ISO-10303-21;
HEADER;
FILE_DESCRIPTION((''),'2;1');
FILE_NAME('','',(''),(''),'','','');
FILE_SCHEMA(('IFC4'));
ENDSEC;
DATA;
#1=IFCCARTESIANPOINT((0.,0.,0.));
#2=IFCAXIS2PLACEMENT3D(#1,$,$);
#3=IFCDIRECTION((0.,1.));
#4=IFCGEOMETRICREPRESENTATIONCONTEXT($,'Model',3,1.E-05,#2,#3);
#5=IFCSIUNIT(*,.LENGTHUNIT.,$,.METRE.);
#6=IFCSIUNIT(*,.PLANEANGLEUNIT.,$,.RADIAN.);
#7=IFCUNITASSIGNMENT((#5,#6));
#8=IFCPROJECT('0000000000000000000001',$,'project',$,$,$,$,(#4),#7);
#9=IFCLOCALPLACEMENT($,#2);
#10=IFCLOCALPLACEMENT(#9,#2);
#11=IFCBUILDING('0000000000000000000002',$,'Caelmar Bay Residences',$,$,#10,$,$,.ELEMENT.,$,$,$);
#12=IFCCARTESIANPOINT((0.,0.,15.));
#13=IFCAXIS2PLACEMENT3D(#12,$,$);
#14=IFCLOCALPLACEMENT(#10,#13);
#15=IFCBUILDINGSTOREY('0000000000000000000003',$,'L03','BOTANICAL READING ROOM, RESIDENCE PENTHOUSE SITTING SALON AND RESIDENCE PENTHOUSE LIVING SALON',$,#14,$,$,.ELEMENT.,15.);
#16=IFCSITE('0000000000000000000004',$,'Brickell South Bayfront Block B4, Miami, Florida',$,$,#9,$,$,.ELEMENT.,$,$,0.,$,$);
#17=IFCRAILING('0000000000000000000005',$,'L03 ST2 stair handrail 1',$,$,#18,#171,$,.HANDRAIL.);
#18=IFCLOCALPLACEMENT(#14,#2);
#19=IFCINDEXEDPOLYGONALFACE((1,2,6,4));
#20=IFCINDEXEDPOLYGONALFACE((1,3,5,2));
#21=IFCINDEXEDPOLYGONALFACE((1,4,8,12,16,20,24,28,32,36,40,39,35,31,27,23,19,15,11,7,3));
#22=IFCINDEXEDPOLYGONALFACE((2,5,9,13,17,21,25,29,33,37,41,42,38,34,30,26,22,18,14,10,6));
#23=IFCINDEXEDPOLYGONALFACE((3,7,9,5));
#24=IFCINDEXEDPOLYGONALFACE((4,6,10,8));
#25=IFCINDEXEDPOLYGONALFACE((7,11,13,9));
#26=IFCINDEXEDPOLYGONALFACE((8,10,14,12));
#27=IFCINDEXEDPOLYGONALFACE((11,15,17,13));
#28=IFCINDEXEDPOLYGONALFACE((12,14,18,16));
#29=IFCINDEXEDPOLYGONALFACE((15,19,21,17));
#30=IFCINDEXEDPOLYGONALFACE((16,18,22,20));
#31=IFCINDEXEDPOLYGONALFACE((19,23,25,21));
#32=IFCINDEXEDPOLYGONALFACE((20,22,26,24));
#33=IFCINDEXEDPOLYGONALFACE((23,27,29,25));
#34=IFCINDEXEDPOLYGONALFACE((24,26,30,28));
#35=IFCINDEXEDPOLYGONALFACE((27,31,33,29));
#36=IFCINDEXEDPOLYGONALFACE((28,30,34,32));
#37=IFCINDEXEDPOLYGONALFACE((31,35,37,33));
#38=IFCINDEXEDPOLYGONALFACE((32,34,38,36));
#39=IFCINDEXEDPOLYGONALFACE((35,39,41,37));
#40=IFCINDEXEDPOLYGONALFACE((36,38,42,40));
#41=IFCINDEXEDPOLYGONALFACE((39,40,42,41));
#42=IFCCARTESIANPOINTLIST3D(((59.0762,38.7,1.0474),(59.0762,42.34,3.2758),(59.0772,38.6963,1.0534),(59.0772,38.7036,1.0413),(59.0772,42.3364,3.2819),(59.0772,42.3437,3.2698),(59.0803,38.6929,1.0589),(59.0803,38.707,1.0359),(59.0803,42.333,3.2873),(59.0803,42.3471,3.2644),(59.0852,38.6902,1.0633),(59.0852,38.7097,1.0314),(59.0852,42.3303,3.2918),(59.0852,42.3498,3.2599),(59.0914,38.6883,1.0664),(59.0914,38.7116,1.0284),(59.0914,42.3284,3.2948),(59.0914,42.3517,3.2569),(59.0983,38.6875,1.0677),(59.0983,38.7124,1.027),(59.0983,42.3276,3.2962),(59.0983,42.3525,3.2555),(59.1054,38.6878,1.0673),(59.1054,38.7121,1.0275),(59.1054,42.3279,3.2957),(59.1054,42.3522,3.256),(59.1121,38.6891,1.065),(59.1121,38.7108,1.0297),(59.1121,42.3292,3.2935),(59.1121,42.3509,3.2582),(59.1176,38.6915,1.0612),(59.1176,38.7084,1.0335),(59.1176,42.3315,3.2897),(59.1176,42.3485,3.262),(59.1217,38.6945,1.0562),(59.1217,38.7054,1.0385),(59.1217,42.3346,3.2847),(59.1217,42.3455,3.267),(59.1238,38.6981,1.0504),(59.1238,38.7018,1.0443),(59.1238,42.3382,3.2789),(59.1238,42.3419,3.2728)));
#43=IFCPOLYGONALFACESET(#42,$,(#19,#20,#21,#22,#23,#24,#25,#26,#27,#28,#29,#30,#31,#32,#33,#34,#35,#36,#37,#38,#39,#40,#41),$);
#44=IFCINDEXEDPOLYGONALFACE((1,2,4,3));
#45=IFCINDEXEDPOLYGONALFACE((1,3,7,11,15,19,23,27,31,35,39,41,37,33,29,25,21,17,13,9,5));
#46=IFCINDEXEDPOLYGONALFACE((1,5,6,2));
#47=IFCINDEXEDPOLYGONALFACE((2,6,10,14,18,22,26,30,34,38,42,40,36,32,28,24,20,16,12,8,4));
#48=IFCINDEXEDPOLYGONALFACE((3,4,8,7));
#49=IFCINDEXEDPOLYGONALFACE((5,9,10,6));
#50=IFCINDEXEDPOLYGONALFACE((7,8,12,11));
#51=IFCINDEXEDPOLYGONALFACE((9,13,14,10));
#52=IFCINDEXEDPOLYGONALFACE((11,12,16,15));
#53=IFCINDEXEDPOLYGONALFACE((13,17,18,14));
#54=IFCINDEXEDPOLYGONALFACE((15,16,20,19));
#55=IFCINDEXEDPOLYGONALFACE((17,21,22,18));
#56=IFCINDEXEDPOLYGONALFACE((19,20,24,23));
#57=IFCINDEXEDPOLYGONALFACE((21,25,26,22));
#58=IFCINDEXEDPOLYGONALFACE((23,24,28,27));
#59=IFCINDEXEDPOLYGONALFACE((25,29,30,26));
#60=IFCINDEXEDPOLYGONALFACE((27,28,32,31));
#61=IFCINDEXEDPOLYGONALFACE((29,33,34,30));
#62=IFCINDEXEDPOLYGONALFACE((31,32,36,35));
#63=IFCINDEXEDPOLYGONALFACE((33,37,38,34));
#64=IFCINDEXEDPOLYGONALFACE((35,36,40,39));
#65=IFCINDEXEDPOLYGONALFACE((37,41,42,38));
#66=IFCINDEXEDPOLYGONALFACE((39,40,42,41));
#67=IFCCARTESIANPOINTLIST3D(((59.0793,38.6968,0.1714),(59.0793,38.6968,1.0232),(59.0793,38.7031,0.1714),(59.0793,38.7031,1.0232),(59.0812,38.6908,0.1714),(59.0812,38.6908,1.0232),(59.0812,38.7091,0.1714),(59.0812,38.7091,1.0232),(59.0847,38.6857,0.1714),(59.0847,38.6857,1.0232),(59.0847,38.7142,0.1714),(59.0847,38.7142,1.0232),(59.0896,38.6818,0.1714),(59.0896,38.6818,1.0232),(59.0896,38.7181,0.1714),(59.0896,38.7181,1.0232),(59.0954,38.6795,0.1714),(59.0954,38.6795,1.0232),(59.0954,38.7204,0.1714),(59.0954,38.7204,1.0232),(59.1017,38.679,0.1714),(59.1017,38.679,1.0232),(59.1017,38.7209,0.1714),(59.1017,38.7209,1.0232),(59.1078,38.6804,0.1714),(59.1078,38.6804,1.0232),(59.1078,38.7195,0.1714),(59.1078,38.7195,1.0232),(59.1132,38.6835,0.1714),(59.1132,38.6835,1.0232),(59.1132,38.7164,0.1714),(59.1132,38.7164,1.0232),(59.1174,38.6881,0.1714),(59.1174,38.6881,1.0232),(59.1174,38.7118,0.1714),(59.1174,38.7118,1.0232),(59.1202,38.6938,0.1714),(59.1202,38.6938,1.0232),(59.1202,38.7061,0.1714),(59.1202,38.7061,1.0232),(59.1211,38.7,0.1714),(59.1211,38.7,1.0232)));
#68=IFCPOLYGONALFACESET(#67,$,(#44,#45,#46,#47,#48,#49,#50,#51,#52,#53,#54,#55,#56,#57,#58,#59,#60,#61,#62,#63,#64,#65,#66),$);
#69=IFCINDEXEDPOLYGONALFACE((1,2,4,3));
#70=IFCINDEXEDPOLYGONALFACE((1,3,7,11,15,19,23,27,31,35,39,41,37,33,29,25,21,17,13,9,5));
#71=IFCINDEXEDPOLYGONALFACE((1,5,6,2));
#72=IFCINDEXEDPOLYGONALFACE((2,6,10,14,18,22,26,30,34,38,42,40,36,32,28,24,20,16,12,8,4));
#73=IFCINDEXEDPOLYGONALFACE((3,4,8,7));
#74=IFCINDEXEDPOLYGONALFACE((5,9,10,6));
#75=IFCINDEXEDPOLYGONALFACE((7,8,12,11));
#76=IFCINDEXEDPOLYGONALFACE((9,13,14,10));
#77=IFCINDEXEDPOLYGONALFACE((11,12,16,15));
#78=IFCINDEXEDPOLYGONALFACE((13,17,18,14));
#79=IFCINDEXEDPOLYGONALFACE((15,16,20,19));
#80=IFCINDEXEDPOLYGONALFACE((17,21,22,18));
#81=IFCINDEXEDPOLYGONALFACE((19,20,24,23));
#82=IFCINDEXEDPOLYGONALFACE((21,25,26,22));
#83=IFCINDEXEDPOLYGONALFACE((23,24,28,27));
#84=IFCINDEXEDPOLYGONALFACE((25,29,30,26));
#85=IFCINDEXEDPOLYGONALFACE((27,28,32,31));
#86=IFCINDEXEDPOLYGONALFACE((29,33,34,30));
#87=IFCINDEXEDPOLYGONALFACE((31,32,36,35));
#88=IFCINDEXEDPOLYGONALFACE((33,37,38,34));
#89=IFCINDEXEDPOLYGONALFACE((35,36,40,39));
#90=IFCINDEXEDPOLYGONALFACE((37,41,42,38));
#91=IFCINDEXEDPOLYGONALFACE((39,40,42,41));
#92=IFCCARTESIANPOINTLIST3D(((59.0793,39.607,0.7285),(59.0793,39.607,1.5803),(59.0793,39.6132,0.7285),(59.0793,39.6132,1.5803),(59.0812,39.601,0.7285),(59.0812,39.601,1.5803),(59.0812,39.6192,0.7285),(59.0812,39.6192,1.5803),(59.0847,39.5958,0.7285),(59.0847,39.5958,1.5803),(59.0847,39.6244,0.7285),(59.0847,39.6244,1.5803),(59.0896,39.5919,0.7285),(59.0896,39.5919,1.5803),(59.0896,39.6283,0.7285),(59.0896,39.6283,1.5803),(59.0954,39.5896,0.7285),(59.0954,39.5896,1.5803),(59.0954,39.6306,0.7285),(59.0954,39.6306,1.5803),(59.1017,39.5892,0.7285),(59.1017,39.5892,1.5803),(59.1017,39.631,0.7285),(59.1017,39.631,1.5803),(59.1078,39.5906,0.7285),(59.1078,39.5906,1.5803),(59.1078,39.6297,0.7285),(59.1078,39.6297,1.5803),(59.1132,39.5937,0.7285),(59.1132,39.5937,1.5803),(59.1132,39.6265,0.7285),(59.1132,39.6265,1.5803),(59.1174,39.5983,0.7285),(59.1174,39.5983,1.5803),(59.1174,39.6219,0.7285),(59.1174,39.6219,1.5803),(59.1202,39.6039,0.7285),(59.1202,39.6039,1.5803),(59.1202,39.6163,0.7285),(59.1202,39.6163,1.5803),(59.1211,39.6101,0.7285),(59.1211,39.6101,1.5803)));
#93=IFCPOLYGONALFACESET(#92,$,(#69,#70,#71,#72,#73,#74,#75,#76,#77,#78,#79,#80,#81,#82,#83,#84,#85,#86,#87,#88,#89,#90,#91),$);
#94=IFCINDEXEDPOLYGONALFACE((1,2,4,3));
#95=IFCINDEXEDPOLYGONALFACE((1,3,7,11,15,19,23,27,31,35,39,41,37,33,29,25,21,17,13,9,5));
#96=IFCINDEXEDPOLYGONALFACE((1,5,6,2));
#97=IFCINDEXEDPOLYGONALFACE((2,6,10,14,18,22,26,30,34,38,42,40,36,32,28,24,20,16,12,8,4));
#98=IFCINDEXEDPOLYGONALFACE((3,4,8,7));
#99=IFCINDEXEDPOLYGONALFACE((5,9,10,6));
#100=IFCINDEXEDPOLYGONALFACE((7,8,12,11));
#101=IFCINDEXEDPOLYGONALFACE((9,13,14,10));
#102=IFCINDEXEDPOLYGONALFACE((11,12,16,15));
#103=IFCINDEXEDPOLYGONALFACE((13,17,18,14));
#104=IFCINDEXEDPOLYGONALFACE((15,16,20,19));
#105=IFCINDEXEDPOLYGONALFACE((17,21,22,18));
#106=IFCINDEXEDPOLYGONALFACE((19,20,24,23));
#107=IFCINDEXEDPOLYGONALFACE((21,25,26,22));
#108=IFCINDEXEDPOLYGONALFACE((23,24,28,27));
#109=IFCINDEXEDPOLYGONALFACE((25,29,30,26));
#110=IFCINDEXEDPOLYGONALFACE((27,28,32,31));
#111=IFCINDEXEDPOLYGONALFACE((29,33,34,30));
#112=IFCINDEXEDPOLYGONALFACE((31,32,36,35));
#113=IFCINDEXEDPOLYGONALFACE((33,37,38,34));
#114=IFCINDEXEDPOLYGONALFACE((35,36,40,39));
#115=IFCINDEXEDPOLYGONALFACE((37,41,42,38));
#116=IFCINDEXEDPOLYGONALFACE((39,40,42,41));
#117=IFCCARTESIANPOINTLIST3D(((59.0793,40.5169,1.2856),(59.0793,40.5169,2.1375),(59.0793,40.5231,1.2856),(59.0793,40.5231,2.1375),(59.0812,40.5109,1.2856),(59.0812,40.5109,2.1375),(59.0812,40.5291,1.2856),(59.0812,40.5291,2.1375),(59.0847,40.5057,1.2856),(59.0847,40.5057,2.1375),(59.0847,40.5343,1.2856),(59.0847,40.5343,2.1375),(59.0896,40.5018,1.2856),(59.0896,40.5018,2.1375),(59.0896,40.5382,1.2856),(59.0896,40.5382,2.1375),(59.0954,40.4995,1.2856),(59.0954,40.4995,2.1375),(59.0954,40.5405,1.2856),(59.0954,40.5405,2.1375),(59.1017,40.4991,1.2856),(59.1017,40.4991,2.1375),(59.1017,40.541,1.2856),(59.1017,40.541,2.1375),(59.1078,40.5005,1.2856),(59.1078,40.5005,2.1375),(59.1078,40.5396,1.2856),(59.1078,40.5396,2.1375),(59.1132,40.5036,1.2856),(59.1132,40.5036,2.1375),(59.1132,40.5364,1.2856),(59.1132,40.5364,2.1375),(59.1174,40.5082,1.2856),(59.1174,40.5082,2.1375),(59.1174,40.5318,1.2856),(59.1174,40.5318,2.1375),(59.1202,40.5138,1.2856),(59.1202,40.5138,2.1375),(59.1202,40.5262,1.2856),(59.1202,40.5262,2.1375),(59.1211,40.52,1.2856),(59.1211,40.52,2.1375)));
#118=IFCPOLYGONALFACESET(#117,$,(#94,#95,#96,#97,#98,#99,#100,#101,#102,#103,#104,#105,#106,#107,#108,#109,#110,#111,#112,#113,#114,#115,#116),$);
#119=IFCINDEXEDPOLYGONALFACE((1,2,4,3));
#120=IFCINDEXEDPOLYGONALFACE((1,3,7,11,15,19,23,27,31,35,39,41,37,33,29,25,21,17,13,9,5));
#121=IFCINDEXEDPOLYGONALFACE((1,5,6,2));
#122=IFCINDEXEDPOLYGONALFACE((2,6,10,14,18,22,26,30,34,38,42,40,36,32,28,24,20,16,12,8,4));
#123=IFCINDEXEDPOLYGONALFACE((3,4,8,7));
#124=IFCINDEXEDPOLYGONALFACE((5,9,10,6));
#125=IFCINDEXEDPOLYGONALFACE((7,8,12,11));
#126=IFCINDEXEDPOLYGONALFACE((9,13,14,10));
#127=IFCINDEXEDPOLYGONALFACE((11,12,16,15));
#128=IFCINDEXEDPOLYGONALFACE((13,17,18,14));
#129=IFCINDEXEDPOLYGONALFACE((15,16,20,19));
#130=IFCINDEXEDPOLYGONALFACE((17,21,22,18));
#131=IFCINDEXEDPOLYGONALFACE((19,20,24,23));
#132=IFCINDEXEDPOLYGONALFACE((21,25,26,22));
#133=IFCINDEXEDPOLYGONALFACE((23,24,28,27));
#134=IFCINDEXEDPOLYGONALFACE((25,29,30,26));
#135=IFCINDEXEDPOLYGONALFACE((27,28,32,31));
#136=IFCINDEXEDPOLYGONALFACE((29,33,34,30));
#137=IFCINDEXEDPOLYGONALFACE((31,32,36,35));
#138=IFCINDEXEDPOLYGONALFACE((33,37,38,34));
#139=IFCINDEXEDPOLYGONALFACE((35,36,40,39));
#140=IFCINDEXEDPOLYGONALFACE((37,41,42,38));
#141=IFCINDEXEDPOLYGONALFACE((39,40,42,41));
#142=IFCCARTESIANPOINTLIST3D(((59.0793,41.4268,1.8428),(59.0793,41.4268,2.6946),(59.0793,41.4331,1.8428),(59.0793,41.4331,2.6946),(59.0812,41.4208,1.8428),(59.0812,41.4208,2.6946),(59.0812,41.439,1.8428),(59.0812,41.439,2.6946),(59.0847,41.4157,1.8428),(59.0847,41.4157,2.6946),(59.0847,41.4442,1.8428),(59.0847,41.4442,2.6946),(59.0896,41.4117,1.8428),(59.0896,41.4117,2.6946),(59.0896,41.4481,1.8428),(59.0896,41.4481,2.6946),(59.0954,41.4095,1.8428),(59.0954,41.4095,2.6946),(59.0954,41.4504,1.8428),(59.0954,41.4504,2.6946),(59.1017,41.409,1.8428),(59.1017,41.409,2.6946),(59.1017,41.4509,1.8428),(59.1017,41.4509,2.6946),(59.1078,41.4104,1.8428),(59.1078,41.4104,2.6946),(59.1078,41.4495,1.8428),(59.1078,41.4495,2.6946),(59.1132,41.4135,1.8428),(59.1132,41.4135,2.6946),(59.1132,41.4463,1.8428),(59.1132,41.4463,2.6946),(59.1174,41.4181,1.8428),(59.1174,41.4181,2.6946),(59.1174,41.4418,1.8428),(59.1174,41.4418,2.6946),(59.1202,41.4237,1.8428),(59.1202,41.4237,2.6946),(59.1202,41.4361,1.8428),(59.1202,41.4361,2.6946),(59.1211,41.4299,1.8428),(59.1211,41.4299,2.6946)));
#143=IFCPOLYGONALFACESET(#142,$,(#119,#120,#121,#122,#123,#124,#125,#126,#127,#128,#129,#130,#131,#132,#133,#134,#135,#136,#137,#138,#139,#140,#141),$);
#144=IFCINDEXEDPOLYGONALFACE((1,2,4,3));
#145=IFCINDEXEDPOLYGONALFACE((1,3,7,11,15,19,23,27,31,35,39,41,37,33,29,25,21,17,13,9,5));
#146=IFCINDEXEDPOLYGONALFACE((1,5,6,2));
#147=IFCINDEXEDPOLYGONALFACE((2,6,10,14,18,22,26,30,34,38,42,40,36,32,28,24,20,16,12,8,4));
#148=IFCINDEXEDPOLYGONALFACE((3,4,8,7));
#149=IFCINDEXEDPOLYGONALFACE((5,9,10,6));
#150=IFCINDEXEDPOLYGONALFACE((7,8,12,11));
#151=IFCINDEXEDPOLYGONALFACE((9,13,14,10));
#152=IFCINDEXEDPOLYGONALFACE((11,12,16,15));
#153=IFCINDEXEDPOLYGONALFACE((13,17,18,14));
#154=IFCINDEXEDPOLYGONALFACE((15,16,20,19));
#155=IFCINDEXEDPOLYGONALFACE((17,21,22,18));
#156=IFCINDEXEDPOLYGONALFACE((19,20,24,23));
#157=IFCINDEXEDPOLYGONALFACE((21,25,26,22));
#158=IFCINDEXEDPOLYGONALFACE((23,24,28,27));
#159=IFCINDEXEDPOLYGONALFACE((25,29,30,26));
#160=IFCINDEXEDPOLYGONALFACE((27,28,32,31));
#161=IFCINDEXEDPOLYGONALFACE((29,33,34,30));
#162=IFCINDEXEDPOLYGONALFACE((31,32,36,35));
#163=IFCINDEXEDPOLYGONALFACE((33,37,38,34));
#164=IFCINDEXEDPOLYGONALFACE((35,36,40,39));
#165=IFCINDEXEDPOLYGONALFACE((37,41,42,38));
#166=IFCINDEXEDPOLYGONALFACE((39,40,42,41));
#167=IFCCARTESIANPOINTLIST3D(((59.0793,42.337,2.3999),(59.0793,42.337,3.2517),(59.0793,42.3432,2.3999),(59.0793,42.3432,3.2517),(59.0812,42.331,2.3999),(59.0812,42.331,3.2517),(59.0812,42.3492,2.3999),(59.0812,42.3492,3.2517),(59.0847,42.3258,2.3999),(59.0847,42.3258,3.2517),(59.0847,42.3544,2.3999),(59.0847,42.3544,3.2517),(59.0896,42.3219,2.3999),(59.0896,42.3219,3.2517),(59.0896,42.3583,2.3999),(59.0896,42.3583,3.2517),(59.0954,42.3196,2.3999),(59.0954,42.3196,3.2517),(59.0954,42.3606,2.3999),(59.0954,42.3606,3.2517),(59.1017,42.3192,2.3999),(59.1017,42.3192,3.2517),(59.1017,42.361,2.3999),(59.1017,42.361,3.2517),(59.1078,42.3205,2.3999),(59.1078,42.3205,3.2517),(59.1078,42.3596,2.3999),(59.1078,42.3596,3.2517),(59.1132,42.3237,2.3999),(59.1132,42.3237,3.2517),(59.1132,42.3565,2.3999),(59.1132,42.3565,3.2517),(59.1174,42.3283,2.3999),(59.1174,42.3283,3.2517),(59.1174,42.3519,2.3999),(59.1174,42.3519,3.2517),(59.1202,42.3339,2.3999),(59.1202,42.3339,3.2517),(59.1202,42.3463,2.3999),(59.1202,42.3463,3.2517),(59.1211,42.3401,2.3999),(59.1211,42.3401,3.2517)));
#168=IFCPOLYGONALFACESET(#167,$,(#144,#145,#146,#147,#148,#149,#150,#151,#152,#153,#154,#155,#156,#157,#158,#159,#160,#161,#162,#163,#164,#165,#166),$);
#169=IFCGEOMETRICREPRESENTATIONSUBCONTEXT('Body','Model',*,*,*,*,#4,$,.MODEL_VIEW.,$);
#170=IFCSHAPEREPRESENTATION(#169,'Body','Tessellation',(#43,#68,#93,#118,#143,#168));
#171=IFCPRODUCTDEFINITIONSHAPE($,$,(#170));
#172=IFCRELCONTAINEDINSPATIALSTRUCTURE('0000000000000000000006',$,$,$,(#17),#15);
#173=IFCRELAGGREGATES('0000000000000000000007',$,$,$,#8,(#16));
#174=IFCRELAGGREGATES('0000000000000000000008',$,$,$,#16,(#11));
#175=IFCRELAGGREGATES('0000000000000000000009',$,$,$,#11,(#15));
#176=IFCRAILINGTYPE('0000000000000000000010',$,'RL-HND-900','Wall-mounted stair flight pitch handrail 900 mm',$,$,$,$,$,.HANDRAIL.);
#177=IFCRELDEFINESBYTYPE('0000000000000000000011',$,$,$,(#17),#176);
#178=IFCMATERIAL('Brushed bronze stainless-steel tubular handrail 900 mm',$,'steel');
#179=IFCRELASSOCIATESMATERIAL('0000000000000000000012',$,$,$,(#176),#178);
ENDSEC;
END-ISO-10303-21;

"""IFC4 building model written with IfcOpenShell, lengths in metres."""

from ifc_helpers import new_model, si_unit, direction, frame, origin, origin_2d, place, context, subcontext, project, spatial, circle, extrude, material, type_object, element, save


model = new_model("IFC4")

# Units and contexts
model_context = context("Model", 3, precision=1e-05, world=origin(), true_north=direction((0.0, 1.0)))
body_context = subcontext(model_context, "Body", "Model", "MODEL_VIEW")
ifc_project = project(units=[si_unit("LENGTHUNIT", "METRE"), si_unit("PLANEANGLEUNIT", "RADIAN")], contexts=[model_context])

# Site, building, storey
site_placement = place(None, origin())
site = spatial("IfcSite", under=ifc_project, at=site_placement, Name="Brickell South Bayfront Block B4, Miami, Florida", CompositionType="ELEMENT", RefElevation=0.0)
building_placement = place(site_placement, origin())
building = spatial("IfcBuilding", under=site, at=building_placement, Name="Caelmar Bay Residences", CompositionType="ELEMENT")
storey_placement = place(building_placement, frame((0.0, 0.0, 15.0)))
storey = spatial("IfcBuildingStorey", under=building, at=storey_placement, Name="L03", Description="BOTANICAL READING ROOM, RESIDENCE PENTHOUSE SITTING SALON AND RESIDENCE PENTHOUSE LIVING SALON", CompositionType="ELEMENT", Elevation=15.0)

# Railing
ifc_material_1 = material(Name="Brushed bronze stainless-steel tubular handrail 900 mm", Category="steel")
railing_type_1 = type_object("IfcRailingType", Name="RL-HND-900", Description="Wall-mounted stair flight pitch handrail 900 mm", PredefinedType="HANDRAIL", material=ifc_material_1)
railing_1_placement = place(storey_placement, frame((59.1001, 38.7, 0.1714)))
element("IfcRailing", 1, at=railing_1_placement, inside=storey, type_object=railing_type_1, Name="L03 ST2 stair handrail 1", PredefinedType="HANDRAIL", context=body_context, shape_type="SweptSolid", body=[
    extrude(circle(Radius=0.0239, at=origin_2d()), frame((0.0, 0.0, 0.876), z_axis=(0.0, 0.852866, 0.52213), x_axis=(-1.0, 0.0, 0.0)), (0.0, 0.0, 1.0), 4.2681),
    extrude(circle(Radius=0.021, at=origin_2d()), origin(), (0.0, 0.0, 1.0), 0.8518),
    extrude(circle(Radius=0.021, at=origin_2d()), frame((0.0, 0.9102, 0.5571)), (0.0, 0.0, 1.0), 0.8518),
    extrude(circle(Radius=0.021, at=origin_2d()), frame((0.0, 1.8201, 1.1143)), (0.0, 0.0, 1.0), 0.8518),
    extrude(circle(Radius=0.021, at=origin_2d()), frame((0.0, 2.73, 1.6714)), (0.0, 0.0, 1.0), 0.8518),
    extrude(circle(Radius=0.021, at=origin_2d()), frame((0.0, 3.6401, 2.2285)), (0.0, 0.0, 1.0), 0.8518),
])

save(model, "model.ifc")
